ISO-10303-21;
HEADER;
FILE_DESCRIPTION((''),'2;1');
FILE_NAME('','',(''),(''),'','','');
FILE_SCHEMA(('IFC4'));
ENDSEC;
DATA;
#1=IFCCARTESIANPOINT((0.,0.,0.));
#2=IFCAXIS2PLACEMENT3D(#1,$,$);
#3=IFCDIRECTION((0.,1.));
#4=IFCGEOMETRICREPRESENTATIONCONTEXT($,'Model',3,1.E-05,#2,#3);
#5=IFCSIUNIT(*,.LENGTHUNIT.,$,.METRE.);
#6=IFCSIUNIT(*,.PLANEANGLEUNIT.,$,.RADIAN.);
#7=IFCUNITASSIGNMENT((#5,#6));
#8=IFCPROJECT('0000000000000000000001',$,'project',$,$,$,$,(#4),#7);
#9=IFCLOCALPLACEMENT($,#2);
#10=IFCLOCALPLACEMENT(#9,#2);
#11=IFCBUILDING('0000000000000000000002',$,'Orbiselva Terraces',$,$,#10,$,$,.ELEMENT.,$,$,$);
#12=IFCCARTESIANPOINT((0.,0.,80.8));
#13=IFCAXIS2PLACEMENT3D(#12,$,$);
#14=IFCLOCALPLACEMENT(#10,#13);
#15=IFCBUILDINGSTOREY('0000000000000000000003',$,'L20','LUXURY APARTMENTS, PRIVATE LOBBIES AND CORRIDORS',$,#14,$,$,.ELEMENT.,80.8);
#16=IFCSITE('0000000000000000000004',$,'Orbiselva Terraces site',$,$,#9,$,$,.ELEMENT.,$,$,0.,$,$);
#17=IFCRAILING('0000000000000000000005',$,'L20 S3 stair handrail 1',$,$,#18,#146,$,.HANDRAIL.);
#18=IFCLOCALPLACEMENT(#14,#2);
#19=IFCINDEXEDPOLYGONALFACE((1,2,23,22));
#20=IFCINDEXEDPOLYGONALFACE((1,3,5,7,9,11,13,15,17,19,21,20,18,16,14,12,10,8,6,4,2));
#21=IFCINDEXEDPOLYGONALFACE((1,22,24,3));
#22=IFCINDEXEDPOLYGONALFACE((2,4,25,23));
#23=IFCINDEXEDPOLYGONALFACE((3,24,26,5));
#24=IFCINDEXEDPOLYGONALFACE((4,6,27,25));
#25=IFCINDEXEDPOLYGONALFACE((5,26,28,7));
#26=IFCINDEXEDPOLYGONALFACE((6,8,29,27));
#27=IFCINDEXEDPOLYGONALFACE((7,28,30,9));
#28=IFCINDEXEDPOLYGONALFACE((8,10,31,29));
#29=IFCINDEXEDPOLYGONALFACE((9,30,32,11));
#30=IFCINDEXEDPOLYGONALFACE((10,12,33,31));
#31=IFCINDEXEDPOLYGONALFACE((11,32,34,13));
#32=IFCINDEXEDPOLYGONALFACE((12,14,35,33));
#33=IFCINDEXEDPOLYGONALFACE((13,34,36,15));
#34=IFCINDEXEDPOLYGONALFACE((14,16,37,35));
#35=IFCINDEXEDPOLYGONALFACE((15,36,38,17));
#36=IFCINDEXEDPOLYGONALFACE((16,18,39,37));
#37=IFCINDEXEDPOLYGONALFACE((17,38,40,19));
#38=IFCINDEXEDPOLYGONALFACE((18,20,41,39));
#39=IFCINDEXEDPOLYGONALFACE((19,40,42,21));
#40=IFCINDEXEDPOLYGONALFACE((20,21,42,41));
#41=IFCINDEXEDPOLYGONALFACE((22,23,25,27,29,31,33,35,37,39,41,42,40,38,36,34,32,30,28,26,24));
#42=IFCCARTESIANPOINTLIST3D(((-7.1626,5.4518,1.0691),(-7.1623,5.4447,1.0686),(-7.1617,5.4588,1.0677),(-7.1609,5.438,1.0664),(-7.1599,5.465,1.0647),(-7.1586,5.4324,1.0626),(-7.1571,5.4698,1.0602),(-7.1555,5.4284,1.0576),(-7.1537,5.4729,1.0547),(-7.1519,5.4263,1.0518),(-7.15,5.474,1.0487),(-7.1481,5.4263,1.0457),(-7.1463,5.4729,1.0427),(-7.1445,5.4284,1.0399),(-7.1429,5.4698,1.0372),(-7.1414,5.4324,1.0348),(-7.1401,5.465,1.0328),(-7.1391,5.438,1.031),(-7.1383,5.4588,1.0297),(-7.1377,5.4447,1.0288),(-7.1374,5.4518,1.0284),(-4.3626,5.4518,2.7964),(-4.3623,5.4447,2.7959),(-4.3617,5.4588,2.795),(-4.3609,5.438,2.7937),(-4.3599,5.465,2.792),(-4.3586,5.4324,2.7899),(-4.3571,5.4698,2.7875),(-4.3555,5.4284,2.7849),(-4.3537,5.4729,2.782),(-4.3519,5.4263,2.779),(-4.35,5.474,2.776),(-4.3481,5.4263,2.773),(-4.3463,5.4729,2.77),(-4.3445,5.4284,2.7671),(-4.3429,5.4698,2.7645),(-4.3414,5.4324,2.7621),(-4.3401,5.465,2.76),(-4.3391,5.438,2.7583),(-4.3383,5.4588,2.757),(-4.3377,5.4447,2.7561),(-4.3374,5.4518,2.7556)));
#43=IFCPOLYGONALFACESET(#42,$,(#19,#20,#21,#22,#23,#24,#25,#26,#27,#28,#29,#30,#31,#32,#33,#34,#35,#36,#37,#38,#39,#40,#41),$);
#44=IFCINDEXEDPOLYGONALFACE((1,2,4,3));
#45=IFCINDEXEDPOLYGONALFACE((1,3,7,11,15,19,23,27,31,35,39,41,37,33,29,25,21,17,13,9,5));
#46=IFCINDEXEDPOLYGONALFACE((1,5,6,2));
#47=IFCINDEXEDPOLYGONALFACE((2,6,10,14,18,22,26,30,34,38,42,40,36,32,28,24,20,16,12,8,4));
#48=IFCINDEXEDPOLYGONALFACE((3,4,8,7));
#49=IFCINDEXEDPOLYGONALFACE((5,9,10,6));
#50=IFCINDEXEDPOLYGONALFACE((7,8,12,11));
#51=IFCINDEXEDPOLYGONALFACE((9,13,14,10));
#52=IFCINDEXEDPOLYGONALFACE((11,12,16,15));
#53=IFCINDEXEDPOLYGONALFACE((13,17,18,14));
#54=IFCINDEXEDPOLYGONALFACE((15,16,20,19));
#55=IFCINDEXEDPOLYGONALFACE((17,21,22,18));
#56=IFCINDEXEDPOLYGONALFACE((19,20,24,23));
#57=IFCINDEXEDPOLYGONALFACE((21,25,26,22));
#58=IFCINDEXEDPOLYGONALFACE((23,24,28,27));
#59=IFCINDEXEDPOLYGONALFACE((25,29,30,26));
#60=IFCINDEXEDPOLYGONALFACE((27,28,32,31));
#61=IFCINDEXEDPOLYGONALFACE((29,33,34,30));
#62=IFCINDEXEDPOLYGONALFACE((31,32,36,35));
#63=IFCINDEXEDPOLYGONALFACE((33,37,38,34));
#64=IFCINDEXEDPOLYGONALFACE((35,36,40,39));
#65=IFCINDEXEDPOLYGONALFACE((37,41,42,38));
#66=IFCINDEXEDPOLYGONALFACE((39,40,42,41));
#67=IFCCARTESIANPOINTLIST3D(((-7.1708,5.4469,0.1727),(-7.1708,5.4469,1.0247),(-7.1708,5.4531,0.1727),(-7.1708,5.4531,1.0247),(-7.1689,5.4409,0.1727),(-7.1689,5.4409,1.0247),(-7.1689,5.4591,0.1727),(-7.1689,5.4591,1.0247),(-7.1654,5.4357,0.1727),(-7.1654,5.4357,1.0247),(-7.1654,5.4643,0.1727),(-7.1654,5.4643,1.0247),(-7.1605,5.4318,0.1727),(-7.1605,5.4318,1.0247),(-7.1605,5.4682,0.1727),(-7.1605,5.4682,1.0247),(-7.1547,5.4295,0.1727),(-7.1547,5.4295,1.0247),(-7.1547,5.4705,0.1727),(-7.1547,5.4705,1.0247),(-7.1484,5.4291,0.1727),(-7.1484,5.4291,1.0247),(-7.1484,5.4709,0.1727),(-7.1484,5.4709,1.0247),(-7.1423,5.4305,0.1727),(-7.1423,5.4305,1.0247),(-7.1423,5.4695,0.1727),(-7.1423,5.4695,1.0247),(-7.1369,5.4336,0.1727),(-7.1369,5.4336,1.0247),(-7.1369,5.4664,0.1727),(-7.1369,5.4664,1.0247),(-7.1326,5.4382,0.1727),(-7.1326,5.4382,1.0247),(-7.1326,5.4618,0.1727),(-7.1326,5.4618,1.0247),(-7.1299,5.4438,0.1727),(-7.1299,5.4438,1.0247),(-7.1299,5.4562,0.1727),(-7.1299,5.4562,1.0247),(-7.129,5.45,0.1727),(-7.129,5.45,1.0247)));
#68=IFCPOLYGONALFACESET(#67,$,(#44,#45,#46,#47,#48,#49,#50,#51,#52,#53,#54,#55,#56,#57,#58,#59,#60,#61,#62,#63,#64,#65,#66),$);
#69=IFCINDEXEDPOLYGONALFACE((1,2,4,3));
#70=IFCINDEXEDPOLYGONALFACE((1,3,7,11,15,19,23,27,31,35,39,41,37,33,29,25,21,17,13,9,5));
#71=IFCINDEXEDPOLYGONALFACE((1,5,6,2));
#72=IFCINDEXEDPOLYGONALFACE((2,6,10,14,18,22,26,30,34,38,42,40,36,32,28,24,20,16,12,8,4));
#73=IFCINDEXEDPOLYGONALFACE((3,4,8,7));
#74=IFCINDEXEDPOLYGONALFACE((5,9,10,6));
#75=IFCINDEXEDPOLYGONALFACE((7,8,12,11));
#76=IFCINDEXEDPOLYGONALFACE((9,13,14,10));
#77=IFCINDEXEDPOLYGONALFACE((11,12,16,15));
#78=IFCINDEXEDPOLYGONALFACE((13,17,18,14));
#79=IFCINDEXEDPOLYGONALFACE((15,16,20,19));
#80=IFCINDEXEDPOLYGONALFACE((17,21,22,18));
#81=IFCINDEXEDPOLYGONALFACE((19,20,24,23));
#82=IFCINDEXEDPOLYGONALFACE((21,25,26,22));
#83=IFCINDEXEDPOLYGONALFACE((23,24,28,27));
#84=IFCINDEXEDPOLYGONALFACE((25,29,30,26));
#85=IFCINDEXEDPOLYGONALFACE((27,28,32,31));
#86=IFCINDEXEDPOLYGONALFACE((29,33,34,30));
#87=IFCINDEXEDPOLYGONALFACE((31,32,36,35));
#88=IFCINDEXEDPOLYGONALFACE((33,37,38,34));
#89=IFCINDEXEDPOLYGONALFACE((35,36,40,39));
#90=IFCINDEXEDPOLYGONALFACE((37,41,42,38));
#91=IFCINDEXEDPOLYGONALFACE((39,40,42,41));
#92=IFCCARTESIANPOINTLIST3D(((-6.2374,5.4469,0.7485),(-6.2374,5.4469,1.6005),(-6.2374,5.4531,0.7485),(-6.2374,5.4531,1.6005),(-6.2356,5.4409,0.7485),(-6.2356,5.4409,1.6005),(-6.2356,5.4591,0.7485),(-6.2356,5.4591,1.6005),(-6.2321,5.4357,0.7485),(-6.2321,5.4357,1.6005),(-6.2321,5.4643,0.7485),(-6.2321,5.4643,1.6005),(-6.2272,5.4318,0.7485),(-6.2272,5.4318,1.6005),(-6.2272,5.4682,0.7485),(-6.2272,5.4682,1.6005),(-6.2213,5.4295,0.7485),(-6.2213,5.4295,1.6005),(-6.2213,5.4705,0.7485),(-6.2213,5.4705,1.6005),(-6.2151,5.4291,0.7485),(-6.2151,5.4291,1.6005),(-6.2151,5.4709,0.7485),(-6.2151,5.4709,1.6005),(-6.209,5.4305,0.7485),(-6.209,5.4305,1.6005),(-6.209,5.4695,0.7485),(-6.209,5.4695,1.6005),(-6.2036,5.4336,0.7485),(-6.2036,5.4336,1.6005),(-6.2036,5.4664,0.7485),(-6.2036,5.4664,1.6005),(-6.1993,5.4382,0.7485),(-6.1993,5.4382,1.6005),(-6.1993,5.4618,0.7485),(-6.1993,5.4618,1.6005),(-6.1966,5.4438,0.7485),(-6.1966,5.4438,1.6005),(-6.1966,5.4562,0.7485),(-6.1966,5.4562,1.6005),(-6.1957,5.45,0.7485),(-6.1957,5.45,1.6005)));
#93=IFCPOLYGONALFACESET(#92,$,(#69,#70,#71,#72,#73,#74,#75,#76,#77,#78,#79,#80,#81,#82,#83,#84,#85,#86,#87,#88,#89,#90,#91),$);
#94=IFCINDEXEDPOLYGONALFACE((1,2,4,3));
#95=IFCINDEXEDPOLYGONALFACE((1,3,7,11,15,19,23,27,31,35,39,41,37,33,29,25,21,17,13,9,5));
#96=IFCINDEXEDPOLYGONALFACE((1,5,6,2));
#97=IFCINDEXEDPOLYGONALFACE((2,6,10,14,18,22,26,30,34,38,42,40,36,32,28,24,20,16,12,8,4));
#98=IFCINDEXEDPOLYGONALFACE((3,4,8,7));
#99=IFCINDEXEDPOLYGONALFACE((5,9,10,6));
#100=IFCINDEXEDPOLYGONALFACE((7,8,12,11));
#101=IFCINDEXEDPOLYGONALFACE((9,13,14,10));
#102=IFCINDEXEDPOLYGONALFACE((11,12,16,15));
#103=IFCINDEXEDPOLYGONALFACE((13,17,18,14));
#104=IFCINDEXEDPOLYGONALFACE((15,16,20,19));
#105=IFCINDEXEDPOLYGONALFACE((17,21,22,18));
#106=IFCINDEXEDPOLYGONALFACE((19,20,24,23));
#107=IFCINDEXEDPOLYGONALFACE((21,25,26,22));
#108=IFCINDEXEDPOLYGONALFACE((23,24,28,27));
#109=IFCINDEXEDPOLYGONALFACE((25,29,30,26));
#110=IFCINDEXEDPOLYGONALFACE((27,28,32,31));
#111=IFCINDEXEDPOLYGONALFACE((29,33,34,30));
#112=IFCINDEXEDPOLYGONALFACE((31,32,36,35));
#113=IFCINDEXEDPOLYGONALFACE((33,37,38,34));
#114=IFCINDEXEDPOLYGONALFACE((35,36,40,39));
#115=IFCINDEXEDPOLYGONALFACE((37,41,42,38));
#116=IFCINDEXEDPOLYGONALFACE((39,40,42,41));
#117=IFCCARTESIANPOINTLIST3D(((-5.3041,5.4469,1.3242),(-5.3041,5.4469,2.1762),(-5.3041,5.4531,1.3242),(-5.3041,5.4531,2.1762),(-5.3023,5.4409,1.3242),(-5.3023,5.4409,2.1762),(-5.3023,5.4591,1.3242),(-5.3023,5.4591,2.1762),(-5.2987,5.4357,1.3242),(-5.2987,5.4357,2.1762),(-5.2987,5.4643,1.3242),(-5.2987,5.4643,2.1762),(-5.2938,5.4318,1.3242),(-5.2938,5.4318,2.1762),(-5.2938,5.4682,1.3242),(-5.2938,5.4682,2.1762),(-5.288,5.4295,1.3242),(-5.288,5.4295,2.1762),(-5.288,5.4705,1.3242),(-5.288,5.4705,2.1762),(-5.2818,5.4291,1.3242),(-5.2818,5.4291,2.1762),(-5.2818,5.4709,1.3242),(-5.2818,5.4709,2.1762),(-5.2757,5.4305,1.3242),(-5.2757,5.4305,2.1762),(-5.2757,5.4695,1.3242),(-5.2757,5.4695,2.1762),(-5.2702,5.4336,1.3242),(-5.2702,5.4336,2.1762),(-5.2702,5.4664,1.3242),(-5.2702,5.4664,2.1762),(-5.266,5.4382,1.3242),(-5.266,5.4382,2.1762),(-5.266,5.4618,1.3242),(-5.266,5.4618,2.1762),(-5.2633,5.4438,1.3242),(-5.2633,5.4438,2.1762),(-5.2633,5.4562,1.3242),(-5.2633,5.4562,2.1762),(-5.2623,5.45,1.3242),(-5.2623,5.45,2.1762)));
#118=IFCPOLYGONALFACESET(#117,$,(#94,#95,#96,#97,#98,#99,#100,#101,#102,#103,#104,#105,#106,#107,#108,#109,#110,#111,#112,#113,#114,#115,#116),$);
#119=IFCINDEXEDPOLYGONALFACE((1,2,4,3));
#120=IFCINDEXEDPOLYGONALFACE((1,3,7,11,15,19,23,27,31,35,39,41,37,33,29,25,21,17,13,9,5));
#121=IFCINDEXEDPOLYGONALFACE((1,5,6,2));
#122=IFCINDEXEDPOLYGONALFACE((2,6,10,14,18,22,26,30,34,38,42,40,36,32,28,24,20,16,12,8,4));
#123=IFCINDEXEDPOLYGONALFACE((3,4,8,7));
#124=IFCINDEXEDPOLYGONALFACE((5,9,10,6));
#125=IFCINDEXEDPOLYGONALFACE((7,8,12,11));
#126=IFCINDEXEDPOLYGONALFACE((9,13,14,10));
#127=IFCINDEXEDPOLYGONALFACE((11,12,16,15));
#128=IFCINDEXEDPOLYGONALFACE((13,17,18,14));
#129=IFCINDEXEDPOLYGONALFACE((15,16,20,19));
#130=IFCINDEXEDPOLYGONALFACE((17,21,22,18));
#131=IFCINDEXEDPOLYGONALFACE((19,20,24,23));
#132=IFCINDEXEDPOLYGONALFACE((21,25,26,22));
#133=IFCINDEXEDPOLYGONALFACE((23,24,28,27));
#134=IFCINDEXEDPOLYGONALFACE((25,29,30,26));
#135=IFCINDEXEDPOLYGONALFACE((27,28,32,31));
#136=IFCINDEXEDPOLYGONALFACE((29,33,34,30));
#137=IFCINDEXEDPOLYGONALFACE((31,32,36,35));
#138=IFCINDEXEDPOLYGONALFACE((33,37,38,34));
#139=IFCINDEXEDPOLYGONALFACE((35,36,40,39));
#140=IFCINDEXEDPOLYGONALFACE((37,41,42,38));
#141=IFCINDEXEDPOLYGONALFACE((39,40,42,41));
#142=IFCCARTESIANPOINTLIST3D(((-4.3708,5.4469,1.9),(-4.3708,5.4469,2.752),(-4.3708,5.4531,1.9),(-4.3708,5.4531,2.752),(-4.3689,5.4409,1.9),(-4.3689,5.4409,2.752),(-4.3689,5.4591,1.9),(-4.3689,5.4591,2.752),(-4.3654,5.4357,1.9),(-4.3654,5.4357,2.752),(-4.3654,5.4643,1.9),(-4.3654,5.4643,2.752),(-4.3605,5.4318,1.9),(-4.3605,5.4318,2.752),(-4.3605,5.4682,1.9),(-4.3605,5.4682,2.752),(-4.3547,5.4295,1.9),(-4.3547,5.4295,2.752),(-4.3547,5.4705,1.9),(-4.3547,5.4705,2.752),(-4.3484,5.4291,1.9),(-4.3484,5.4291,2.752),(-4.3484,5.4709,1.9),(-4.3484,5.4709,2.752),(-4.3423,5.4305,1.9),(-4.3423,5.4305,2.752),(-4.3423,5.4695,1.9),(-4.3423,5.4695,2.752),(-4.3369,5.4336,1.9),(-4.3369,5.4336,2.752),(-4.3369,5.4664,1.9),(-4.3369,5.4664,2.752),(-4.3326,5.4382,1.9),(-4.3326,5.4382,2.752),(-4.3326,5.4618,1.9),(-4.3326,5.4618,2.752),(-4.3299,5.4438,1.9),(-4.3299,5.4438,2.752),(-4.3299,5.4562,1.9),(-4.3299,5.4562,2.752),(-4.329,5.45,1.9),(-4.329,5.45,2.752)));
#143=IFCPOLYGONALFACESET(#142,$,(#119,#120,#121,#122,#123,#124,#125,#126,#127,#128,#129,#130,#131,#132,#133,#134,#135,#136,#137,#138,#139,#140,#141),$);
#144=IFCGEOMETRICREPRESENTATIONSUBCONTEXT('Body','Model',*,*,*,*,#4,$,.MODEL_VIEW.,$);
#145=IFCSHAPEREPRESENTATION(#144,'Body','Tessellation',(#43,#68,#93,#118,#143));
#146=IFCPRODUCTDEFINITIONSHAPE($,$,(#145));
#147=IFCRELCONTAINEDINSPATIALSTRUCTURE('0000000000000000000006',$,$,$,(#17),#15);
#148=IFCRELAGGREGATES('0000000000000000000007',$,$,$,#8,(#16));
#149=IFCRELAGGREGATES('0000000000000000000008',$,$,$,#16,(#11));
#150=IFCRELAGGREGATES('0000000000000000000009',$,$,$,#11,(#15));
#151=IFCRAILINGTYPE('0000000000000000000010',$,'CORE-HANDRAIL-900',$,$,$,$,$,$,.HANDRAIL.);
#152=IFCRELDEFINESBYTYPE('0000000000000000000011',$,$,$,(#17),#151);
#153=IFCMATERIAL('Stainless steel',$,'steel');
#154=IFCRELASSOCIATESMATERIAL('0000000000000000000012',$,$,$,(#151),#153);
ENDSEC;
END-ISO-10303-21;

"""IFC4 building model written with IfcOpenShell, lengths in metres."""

from ifc_helpers import new_model, si_unit, direction, frame, origin, origin_2d, place, context, subcontext, project, spatial, circle, extrude, material, type_object, element, save


model = new_model("IFC4")

# Units and contexts
model_context = context("Model", 3, precision=1e-05, world=origin(), true_north=direction((0.0, 1.0)))
body_context = subcontext(model_context, "Body", "Model", "MODEL_VIEW")
ifc_project = project(units=[si_unit("LENGTHUNIT", "METRE"), si_unit("PLANEANGLEUNIT", "RADIAN")], contexts=[model_context])

# Site, building, storey
site_placement = place(None, origin())
site = spatial("IfcSite", under=ifc_project, at=site_placement, Name="Orbiselva Terraces site", CompositionType="ELEMENT", RefElevation=0.0)
building_placement = place(site_placement, origin())
building = spatial("IfcBuilding", under=site, at=building_placement, Name="Orbiselva Terraces", CompositionType="ELEMENT")
storey_placement = place(building_placement, frame((0.0, 0.0, 80.8)))
storey = spatial("IfcBuildingStorey", under=building, at=storey_placement, Name="L20", Description="LUXURY APARTMENTS, PRIVATE LOBBIES AND CORRIDORS", CompositionType="ELEMENT", Elevation=80.8)

# Railing
ifc_material_1 = material(Name="Stainless steel", Category="steel")
railing_type_1 = type_object("IfcRailingType", Name="CORE-HANDRAIL-900", PredefinedType="HANDRAIL", material=ifc_material_1)
railing_1_placement = place(storey_placement, frame((-7.15, 5.45, 0.1727)))
element("IfcRailing", 1, at=railing_1_placement, inside=storey, type_object=railing_type_1, Name="L20 S3 stair handrail 1", PredefinedType="HANDRAIL", context=body_context, shape_type="SweptSolid", body=[
    extrude(circle(Radius=0.024, at=origin_2d()), frame((0.0, 0.0, 0.876), z_axis=(0.851089, 0.0, 0.525022), x_axis=(0.0, 1.0, 0.0)), (0.0, 0.0, 1.0), 3.2899),
    extrude(circle(Radius=0.021, at=origin_2d()), origin(), (0.0, 0.0, 1.0), 0.852),
    extrude(circle(Radius=0.021, at=origin_2d()), frame((0.9333, 0.0, 0.5758)), (0.0, 0.0, 1.0), 0.852),
    extrude(circle(Radius=0.021, at=origin_2d()), frame((1.8667, 0.0, 1.1515)), (0.0, 0.0, 1.0), 0.852),
    extrude(circle(Radius=0.021, at=origin_2d()), frame((2.8, 0.0, 1.7273)), (0.0, 0.0, 1.0), 0.852),
])

save(model, "model.ifc")
